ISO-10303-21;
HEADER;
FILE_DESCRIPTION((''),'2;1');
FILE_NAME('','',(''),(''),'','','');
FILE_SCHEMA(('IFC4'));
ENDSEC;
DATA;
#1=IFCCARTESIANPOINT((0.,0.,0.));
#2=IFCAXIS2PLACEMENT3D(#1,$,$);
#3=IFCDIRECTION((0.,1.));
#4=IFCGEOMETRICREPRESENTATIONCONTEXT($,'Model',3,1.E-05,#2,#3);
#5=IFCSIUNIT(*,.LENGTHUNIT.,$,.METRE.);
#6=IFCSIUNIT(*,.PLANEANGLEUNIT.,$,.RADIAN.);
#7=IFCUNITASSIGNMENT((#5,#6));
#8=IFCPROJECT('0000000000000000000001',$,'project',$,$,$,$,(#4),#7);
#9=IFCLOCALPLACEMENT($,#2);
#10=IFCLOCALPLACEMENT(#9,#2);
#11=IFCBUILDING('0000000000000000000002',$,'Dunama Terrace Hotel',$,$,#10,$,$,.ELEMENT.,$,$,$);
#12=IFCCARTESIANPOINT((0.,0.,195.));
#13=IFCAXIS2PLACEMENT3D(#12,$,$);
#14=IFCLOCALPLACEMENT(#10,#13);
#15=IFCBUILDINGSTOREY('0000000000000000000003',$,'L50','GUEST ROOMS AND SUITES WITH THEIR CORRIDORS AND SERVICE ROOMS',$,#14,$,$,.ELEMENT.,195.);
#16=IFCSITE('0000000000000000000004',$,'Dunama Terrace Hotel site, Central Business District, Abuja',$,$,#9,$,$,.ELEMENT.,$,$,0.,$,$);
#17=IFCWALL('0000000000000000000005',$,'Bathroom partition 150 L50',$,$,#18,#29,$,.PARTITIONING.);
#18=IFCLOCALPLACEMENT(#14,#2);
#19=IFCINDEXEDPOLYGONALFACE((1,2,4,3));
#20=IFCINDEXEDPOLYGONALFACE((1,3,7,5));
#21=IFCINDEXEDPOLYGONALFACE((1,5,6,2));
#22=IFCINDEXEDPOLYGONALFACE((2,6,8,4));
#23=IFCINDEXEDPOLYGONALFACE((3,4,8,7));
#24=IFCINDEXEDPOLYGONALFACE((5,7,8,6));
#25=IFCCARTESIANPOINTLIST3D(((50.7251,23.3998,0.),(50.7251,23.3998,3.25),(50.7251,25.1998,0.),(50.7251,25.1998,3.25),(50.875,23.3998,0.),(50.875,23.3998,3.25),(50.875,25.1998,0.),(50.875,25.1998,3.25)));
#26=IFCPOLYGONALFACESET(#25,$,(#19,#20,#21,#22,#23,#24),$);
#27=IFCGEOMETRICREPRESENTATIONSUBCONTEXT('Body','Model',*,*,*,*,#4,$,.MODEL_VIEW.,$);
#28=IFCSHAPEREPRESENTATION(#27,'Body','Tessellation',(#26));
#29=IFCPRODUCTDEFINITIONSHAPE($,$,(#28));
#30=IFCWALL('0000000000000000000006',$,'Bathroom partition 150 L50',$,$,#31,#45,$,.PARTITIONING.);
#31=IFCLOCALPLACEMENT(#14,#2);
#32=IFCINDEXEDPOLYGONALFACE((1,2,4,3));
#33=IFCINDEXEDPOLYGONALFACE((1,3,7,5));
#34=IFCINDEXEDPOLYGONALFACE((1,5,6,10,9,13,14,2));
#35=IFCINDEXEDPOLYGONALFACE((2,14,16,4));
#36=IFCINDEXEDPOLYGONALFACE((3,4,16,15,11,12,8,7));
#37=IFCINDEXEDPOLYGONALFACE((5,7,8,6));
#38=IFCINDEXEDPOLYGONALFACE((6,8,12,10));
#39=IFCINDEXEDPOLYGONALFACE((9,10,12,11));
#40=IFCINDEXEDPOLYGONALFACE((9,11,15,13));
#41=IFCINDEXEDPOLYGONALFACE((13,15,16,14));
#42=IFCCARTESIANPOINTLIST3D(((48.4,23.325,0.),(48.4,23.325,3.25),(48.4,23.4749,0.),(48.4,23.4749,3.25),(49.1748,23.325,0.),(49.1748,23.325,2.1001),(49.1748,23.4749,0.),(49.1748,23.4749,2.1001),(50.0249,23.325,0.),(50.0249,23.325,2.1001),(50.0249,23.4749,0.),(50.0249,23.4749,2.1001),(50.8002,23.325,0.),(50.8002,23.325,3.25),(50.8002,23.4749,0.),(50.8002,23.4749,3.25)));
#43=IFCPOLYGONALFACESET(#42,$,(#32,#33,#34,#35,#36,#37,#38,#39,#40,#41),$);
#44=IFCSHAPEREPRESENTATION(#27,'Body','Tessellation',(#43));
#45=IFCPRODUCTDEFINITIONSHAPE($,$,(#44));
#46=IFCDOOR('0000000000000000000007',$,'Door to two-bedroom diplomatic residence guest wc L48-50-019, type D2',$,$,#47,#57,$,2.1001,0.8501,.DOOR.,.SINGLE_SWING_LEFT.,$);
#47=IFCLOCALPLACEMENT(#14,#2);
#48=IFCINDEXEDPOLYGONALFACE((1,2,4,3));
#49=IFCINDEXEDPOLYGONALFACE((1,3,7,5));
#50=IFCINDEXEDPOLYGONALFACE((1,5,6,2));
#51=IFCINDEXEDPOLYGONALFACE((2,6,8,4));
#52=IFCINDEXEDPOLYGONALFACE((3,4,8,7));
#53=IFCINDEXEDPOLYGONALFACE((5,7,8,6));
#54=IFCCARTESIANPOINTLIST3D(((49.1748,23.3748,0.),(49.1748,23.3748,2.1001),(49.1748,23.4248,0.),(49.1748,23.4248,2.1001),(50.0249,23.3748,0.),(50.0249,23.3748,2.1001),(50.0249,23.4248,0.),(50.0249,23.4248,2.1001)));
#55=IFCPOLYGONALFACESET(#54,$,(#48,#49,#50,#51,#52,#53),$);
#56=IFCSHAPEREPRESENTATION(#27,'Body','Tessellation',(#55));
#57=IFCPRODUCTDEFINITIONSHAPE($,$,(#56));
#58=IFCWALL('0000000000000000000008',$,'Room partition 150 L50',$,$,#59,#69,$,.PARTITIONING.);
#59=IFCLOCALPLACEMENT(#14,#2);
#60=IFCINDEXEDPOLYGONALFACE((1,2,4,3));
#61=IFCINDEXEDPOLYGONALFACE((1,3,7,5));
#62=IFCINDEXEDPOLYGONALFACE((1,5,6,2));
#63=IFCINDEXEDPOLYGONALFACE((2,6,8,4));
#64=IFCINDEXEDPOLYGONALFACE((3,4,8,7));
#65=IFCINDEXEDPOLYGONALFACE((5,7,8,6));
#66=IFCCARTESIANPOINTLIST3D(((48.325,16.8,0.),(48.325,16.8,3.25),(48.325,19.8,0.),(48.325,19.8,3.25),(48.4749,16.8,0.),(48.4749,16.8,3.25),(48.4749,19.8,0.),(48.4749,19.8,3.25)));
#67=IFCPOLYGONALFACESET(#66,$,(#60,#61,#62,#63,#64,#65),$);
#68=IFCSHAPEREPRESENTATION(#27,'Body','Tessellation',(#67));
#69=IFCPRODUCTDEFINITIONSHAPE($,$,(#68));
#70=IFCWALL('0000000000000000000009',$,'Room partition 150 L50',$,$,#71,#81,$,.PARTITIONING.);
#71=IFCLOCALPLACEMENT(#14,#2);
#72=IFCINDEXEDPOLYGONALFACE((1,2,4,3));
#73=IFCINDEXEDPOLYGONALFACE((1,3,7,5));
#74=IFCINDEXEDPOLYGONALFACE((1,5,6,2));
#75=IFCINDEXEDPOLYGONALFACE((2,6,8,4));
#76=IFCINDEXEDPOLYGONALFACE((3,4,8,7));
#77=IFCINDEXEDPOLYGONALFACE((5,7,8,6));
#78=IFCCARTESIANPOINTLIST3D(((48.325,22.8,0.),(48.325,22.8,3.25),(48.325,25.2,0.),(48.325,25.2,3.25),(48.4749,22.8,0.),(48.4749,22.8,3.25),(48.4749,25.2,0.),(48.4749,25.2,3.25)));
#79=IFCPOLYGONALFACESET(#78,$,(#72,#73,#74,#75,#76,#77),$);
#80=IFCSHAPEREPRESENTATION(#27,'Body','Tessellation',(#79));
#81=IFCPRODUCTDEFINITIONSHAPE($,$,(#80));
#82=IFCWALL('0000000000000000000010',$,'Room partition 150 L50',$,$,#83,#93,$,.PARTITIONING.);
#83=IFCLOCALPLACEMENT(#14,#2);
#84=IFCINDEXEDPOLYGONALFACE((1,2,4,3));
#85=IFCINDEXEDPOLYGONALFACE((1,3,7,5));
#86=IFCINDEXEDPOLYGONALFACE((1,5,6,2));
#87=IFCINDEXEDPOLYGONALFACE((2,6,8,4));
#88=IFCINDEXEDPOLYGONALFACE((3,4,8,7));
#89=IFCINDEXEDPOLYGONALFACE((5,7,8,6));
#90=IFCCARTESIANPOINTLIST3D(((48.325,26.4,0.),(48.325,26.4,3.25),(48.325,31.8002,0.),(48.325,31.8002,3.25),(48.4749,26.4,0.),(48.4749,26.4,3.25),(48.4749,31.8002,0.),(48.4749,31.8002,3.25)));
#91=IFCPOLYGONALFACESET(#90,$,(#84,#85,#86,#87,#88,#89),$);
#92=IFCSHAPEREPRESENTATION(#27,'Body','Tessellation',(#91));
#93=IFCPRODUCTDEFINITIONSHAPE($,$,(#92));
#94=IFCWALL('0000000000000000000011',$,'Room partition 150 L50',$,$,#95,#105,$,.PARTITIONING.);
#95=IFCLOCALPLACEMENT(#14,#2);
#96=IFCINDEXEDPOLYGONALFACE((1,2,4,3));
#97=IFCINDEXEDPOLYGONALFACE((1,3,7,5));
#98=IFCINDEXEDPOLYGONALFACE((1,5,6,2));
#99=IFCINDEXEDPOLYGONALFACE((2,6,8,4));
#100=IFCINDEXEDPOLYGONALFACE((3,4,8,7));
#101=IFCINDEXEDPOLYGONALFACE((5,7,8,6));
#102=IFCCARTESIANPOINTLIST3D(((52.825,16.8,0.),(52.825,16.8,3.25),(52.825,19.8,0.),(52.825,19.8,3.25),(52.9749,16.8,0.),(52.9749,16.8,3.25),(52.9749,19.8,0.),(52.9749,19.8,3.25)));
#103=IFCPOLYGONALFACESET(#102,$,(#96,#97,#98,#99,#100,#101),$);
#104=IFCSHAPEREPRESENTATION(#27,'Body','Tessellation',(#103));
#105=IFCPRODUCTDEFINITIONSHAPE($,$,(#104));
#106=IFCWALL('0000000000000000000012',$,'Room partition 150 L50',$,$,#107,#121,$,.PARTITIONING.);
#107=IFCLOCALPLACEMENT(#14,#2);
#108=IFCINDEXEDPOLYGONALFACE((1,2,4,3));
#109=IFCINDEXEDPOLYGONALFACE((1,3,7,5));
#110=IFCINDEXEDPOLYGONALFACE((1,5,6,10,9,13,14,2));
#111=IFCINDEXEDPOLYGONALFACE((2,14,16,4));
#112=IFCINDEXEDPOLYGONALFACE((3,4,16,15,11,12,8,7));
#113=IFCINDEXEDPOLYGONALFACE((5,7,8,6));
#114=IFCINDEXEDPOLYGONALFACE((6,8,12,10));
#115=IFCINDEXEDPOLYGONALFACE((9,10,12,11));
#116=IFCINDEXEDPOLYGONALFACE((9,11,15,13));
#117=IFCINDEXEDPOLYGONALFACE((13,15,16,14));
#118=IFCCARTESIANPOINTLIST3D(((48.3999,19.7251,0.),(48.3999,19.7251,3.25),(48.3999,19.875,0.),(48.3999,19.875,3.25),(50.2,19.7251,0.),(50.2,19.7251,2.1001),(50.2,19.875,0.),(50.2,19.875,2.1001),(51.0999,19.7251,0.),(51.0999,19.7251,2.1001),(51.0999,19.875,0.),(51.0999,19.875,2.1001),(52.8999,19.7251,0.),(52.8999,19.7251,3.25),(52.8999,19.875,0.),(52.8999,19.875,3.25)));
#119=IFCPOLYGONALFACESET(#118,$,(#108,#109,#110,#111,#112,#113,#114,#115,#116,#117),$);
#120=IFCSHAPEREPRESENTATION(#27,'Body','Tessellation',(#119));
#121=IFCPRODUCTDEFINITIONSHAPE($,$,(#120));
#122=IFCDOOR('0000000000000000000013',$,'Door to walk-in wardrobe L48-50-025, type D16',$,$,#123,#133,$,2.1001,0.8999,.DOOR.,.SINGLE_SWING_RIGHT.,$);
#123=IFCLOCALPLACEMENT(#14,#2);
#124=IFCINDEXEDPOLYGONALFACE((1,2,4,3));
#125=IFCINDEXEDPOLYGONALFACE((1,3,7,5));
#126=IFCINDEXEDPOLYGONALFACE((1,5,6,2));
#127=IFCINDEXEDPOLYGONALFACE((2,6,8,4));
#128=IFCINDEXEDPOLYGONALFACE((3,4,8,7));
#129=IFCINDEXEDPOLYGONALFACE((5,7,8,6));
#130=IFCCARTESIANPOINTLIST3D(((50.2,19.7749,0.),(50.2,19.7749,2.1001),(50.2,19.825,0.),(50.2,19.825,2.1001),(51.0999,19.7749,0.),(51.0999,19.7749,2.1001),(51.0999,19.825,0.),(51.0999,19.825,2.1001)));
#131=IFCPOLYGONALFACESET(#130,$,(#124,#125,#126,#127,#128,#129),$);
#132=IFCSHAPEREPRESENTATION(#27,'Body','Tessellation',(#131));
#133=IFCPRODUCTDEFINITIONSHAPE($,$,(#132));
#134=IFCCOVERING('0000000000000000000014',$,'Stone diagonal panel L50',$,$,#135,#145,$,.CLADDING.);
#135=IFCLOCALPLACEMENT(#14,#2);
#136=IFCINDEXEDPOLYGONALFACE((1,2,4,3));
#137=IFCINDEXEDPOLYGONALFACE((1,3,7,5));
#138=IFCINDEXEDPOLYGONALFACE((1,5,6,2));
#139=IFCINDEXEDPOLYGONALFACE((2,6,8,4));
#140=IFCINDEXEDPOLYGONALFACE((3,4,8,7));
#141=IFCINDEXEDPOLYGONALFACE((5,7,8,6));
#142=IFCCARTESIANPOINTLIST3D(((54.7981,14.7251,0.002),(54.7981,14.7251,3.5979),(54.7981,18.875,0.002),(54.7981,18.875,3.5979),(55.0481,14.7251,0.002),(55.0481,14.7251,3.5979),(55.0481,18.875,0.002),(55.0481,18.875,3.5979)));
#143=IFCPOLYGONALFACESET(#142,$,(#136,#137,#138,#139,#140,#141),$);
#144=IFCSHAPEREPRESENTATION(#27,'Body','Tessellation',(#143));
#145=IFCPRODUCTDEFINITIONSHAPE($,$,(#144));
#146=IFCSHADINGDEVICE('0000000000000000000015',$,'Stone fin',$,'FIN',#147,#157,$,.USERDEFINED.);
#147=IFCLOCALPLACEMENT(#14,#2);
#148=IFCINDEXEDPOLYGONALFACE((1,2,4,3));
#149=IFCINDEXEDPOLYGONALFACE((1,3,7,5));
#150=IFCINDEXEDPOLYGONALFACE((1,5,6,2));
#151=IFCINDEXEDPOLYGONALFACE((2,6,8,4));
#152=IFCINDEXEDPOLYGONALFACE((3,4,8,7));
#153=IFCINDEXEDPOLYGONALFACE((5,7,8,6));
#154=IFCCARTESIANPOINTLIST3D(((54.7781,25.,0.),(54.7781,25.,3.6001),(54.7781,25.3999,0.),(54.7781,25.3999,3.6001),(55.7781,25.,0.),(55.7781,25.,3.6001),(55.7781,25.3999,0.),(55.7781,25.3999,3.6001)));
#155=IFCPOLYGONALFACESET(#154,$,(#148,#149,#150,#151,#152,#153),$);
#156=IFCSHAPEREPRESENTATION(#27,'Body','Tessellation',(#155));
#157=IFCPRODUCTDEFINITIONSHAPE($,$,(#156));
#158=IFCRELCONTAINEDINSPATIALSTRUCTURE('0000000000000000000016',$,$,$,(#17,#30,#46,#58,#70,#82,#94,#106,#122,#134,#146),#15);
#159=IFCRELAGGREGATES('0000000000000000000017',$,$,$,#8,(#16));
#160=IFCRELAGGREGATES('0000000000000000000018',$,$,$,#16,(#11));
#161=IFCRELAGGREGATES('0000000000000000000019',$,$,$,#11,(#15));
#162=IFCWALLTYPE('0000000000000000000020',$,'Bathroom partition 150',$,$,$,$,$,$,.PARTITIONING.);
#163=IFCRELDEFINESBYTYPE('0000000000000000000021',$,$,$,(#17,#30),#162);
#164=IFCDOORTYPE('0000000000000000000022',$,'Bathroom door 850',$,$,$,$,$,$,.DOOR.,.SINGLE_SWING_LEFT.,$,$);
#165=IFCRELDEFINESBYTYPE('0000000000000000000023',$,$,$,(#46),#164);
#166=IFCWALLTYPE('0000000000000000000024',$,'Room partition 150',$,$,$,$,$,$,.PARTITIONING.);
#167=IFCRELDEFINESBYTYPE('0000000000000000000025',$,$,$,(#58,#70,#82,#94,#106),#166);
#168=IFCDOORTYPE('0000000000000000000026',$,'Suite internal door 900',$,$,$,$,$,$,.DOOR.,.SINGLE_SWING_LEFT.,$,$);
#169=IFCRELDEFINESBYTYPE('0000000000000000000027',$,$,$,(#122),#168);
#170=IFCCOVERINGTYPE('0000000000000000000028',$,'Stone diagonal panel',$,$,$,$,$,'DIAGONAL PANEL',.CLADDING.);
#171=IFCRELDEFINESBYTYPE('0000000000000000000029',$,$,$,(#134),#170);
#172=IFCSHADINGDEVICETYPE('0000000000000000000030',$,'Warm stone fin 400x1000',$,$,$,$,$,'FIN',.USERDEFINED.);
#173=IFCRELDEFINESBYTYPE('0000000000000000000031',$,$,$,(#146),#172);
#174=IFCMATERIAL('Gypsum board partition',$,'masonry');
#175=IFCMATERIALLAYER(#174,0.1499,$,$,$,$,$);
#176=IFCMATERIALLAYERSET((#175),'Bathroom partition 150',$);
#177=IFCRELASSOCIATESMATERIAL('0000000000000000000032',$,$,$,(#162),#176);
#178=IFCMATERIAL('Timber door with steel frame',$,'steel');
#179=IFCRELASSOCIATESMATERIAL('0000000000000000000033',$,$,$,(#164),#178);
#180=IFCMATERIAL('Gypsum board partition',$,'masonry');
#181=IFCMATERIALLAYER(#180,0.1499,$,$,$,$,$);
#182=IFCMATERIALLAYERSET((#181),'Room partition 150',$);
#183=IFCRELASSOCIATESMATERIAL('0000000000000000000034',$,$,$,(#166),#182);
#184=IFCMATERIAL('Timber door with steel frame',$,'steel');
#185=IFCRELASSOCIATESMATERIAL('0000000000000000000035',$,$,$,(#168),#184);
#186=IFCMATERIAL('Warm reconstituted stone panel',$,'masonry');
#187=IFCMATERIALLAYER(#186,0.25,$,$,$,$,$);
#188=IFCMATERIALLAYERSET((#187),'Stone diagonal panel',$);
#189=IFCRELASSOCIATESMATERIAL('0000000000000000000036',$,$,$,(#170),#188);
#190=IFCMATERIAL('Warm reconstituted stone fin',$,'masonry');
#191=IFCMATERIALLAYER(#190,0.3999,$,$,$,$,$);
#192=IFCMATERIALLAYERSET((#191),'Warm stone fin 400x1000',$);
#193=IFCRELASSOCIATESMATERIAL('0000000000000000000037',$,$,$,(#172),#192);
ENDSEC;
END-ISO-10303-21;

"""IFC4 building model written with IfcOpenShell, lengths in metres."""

from ifc_helpers import new_model, si_unit, direction, frame, frame_2d, origin, origin_2d, place, context, subcontext, project, spatial, rectangle, extrude, material, layer, layer_set, type_object, element, fill, save


model = new_model("IFC4")

# Units and contexts
model_context = context("Model", 3, precision=1e-05, world=origin(), true_north=direction((0.0, 1.0)))
body_context = subcontext(model_context, "Body", "Model", "MODEL_VIEW")
ifc_project = project(units=[si_unit("LENGTHUNIT", "METRE"), si_unit("PLANEANGLEUNIT", "RADIAN")], contexts=[model_context])

# Site, building, storey
site_placement = place(None, origin())
site = spatial("IfcSite", under=ifc_project, at=site_placement, Name="Dunama Terrace Hotel site, Central Business District, Abuja", CompositionType="ELEMENT", RefElevation=0.0)
building_placement = place(site_placement, origin())
building = spatial("IfcBuilding", under=site, at=building_placement, Name="Dunama Terrace Hotel", CompositionType="ELEMENT")
storey_placement = place(building_placement, frame((0.0, 0.0, 195.0)))
storey = spatial("IfcBuildingStorey", under=building, at=storey_placement, Name="L50", Description="GUEST ROOMS AND SUITES WITH THEIR CORRIDORS AND SERVICE ROOMS", CompositionType="ELEMENT", Elevation=195.0)

# Wall
ifc_material_1 = material(Name="Gypsum board partition", Category="masonry")
ifc_layer_1 = layer(ifc_material_1, 0.1499)
ifc_layer_set_1 = layer_set([ifc_layer_1], Name="Bathroom partition 150")
wall_type_1 = type_object("IfcWallType", Name="Bathroom partition 150", PredefinedType="PARTITIONING", material=ifc_layer_set_1)
wall_1_placement = place(storey_placement, frame((50.8, 23.3999, 0.0), z_axis=(0.0, 0.0, 1.0), x_axis=(0.0, 1.0, 0.0)))
element("IfcWall", 1, at=wall_1_placement, inside=storey, type_object=wall_type_1, Name="Bathroom partition 150 L50", PredefinedType="PARTITIONING", context=body_context, shape_type="SweptSolid", body=[
    extrude(rectangle(XDim=1.8, YDim=0.1499, at=frame_2d((0.8999, 0.0))), origin(), (0.0, 0.0, 1.0), 3.25),
])

# Wall, opening, door
wall_2_placement = place(storey_placement, frame((48.3999, 23.3999, 0.0), z_axis=(0.0, 0.0, 1.0), x_axis=(1.0, 0.0, 0.0)))
wall_2 = element("IfcWall", 2, at=wall_2_placement, inside=storey, type_object=wall_type_1, Name="Bathroom partition 150 L50", PredefinedType="PARTITIONING", context=body_context, shape_type="SweptSolid", body=[
    extrude(rectangle(XDim=2.4001, YDim=0.1499, at=frame_2d((1.2002, 0.0))), origin(), (0.0, 0.0, 1.0), 3.25),
])
opening_1_placement = place(wall_2_placement, frame((0.7749, 0.0, 0.0)))
opening_1 = element("IfcOpeningElement", 3, at=opening_1_placement, cuts=wall_2, PredefinedType="OPENING", context=body_context, shape_type="SweptSolid", body=[
    extrude(rectangle(XDim=0.8501, YDim=2.1001, at=frame_2d((0.425, 1.05))), frame((0.0, 0.085, 0.0), z_axis=(0.0, -1.0, 0.0), x_axis=(1.0, 0.0, 0.0)), (0.0, 0.0, 1.0), 0.1699),
])
ifc_material_2 = material(Name="Timber door with steel frame", Category="steel")
door_type_1 = type_object("IfcDoorType", Name="Bathroom door 850", OperationType="SINGLE_SWING_LEFT", PredefinedType="DOOR", material=ifc_material_2)
door_1_placement = place(opening_1_placement, origin())
door_1 = element("IfcDoor", 4, at=door_1_placement, inside=storey, type_object=door_type_1, Name="Door to two-bedroom diplomatic residence guest wc L48-50-019, type D2", OperationType="SINGLE_SWING_LEFT", OverallHeight=2.1001, OverallWidth=0.8501, PredefinedType="DOOR", context=body_context, shape_type="SweptSolid", body=[
    extrude(rectangle(XDim=0.8501, YDim=2.1001, at=frame_2d((0.425, 1.05))), frame((0.0, 0.0249, 0.0), z_axis=(0.0, -1.0, 0.0), x_axis=(1.0, 0.0, 0.0)), (0.0, 0.0, 1.0), 0.05),
])
fill(opening_1, door_1)

# Walls
ifc_material_3 = material(Name="Gypsum board partition", Category="masonry")
ifc_layer_2 = layer(ifc_material_3, 0.1499)
ifc_layer_set_2 = layer_set([ifc_layer_2], Name="Room partition 150")
wall_type_2 = type_object("IfcWallType", Name="Room partition 150", PredefinedType="PARTITIONING", material=ifc_layer_set_2)
wall_3_placement = place(storey_placement, frame((48.3999, 16.8, 0.0), z_axis=(0.0, 0.0, 1.0), x_axis=(0.0, 1.0, 0.0)))
element("IfcWall", 5, at=wall_3_placement, inside=storey, type_object=wall_type_2, Name="Room partition 150 L50", PredefinedType="PARTITIONING", context=body_context, shape_type="SweptSolid", body=[
    extrude(rectangle(XDim=3.0, YDim=0.1499, at=frame_2d((1.5, 0.0))), origin(), (0.0, 0.0, 1.0), 3.25),
])
wall_4_placement = place(storey_placement, frame((48.3999, 22.8, 0.0), z_axis=(0.0, 0.0, 1.0), x_axis=(0.0, 1.0, 0.0)))
element("IfcWall", 6, at=wall_4_placement, inside=storey, type_object=wall_type_2, Name="Room partition 150 L50", PredefinedType="PARTITIONING", context=body_context, shape_type="SweptSolid", body=[
    extrude(rectangle(XDim=2.3999, YDim=0.1499, at=frame_2d((1.2, 0.0))), origin(), (0.0, 0.0, 1.0), 3.25),
])
wall_5_placement = place(storey_placement, frame((48.3999, 26.3999, 0.0), z_axis=(0.0, 0.0, 1.0), x_axis=(0.0, 1.0, 0.0)))
element("IfcWall", 7, at=wall_5_placement, inside=storey, type_object=wall_type_2, Name="Room partition 150 L50", PredefinedType="PARTITIONING", context=body_context, shape_type="SweptSolid", body=[
    extrude(rectangle(XDim=5.4001, YDim=0.1499, at=frame_2d((2.7002, 0.0))), origin(), (0.0, 0.0, 1.0), 3.25),
])
wall_6_placement = place(storey_placement, frame((52.8999, 16.8, 0.0), z_axis=(0.0, 0.0, 1.0), x_axis=(0.0, 1.0, 0.0)))
element("IfcWall", 8, at=wall_6_placement, inside=storey, type_object=wall_type_2, Name="Room partition 150 L50", PredefinedType="PARTITIONING", context=body_context, shape_type="SweptSolid", body=[
    extrude(rectangle(XDim=3.0, YDim=0.1499, at=frame_2d((1.5, 0.0))), origin(), (0.0, 0.0, 1.0), 3.25),
])

# Wall, opening, door
wall_7_placement = place(storey_placement, frame((48.3999, 19.8, 0.0), z_axis=(0.0, 0.0, 1.0), x_axis=(1.0, 0.0, 0.0)))
wall_7 = element("IfcWall", 9, at=wall_7_placement, inside=storey, type_object=wall_type_2, Name="Room partition 150 L50", PredefinedType="PARTITIONING", context=body_context, shape_type="SweptSolid", body=[
    extrude(rectangle(XDim=4.5, YDim=0.1499, at=frame_2d((2.25, 0.0))), origin(), (0.0, 0.0, 1.0), 3.25),
])
opening_2_placement = place(wall_7_placement, frame((1.8, 0.0, 0.0)))
opening_2 = element("IfcOpeningElement", 10, at=opening_2_placement, cuts=wall_7, PredefinedType="OPENING", context=body_context, shape_type="SweptSolid", body=[
    extrude(rectangle(XDim=0.8999, YDim=2.1001, at=frame_2d((0.45, 1.05))), frame((0.0, 0.085, 0.0), z_axis=(0.0, -1.0, 0.0), x_axis=(1.0, 0.0, 0.0)), (0.0, 0.0, 1.0), 0.1699),
])
ifc_material_4 = material(Name="Timber door with steel frame", Category="steel")
door_type_2 = type_object("IfcDoorType", Name="Suite internal door 900", OperationType="SINGLE_SWING_LEFT", PredefinedType="DOOR", material=ifc_material_4)
door_2_placement = place(opening_2_placement, frame((0.8999, 0.0, 0.0), z_axis=(0.0, 0.0, 1.0), x_axis=(-1.0, 0.0, 0.0)))
door_2 = element("IfcDoor", 11, at=door_2_placement, inside=storey, type_object=door_type_2, Name="Door to walk-in wardrobe L48-50-025, type D16", OperationType="SINGLE_SWING_RIGHT", OverallHeight=2.1001, OverallWidth=0.8999, PredefinedType="DOOR", context=body_context, shape_type="SweptSolid", body=[
    extrude(rectangle(XDim=0.8999, YDim=2.1001, at=frame_2d((0.45, 1.05))), frame((0.0, 0.0251, 0.0), z_axis=(0.0, -1.0, 0.0), x_axis=(1.0, 0.0, 0.0)), (0.0, 0.0, 1.0), 0.05),
])
fill(opening_2, door_2)

# Covering
ifc_material_5 = material(Name="Warm reconstituted stone panel", Category="masonry")
ifc_layer_3 = layer(ifc_material_5, 0.25)
ifc_layer_set_3 = layer_set([ifc_layer_3], Name="Stone diagonal panel")
covering_type = type_object("IfcCoveringType", Name="Stone diagonal panel", ElementType="DIAGONAL PANEL", PredefinedType="CLADDING", material=ifc_layer_set_3)
covering_placement = place(storey_placement, frame((54.9231, 16.8, 0.002), z_axis=(0.0, 0.0, 1.0), x_axis=(0.0, 1.0, 0.0)))
element("IfcCovering", 12, at=covering_placement, inside=storey, type_object=covering_type, Name="Stone diagonal panel L50", PredefinedType="CLADDING", context=body_context, shape_type="SweptSolid", body=[
    extrude(rectangle(XDim=4.1499, YDim=0.25, at=origin_2d()), origin(), (0.0, 0.0, 1.0), 3.5959),
])

# Shading device
ifc_material_6 = material(Name="Warm reconstituted stone fin", Category="masonry")
ifc_layer_4 = layer(ifc_material_6, 0.3999)
ifc_layer_set_4 = layer_set([ifc_layer_4], Name="Warm stone fin 400x1000")
shading_device_type = type_object("IfcShadingDeviceType", Name="Warm stone fin 400x1000", ElementType="FIN", PredefinedType="USERDEFINED", material=ifc_layer_set_4)
shading_device_placement = place(storey_placement, frame((55.2781, 25.2, 0.0), z_axis=(0.0, 0.0, 1.0), x_axis=(0.0, 1.0, 0.0)))
element("IfcShadingDevice", 13, at=shading_device_placement, inside=storey, type_object=shading_device_type, Name="Stone fin", ObjectType="FIN", PredefinedType="USERDEFINED", context=body_context, shape_type="SweptSolid", body=[
    extrude(rectangle(XDim=0.3999, YDim=1.0, at=origin_2d()), origin(), (0.0, 0.0, 1.0), 3.6001),
])

save(model, "model.ifc")
